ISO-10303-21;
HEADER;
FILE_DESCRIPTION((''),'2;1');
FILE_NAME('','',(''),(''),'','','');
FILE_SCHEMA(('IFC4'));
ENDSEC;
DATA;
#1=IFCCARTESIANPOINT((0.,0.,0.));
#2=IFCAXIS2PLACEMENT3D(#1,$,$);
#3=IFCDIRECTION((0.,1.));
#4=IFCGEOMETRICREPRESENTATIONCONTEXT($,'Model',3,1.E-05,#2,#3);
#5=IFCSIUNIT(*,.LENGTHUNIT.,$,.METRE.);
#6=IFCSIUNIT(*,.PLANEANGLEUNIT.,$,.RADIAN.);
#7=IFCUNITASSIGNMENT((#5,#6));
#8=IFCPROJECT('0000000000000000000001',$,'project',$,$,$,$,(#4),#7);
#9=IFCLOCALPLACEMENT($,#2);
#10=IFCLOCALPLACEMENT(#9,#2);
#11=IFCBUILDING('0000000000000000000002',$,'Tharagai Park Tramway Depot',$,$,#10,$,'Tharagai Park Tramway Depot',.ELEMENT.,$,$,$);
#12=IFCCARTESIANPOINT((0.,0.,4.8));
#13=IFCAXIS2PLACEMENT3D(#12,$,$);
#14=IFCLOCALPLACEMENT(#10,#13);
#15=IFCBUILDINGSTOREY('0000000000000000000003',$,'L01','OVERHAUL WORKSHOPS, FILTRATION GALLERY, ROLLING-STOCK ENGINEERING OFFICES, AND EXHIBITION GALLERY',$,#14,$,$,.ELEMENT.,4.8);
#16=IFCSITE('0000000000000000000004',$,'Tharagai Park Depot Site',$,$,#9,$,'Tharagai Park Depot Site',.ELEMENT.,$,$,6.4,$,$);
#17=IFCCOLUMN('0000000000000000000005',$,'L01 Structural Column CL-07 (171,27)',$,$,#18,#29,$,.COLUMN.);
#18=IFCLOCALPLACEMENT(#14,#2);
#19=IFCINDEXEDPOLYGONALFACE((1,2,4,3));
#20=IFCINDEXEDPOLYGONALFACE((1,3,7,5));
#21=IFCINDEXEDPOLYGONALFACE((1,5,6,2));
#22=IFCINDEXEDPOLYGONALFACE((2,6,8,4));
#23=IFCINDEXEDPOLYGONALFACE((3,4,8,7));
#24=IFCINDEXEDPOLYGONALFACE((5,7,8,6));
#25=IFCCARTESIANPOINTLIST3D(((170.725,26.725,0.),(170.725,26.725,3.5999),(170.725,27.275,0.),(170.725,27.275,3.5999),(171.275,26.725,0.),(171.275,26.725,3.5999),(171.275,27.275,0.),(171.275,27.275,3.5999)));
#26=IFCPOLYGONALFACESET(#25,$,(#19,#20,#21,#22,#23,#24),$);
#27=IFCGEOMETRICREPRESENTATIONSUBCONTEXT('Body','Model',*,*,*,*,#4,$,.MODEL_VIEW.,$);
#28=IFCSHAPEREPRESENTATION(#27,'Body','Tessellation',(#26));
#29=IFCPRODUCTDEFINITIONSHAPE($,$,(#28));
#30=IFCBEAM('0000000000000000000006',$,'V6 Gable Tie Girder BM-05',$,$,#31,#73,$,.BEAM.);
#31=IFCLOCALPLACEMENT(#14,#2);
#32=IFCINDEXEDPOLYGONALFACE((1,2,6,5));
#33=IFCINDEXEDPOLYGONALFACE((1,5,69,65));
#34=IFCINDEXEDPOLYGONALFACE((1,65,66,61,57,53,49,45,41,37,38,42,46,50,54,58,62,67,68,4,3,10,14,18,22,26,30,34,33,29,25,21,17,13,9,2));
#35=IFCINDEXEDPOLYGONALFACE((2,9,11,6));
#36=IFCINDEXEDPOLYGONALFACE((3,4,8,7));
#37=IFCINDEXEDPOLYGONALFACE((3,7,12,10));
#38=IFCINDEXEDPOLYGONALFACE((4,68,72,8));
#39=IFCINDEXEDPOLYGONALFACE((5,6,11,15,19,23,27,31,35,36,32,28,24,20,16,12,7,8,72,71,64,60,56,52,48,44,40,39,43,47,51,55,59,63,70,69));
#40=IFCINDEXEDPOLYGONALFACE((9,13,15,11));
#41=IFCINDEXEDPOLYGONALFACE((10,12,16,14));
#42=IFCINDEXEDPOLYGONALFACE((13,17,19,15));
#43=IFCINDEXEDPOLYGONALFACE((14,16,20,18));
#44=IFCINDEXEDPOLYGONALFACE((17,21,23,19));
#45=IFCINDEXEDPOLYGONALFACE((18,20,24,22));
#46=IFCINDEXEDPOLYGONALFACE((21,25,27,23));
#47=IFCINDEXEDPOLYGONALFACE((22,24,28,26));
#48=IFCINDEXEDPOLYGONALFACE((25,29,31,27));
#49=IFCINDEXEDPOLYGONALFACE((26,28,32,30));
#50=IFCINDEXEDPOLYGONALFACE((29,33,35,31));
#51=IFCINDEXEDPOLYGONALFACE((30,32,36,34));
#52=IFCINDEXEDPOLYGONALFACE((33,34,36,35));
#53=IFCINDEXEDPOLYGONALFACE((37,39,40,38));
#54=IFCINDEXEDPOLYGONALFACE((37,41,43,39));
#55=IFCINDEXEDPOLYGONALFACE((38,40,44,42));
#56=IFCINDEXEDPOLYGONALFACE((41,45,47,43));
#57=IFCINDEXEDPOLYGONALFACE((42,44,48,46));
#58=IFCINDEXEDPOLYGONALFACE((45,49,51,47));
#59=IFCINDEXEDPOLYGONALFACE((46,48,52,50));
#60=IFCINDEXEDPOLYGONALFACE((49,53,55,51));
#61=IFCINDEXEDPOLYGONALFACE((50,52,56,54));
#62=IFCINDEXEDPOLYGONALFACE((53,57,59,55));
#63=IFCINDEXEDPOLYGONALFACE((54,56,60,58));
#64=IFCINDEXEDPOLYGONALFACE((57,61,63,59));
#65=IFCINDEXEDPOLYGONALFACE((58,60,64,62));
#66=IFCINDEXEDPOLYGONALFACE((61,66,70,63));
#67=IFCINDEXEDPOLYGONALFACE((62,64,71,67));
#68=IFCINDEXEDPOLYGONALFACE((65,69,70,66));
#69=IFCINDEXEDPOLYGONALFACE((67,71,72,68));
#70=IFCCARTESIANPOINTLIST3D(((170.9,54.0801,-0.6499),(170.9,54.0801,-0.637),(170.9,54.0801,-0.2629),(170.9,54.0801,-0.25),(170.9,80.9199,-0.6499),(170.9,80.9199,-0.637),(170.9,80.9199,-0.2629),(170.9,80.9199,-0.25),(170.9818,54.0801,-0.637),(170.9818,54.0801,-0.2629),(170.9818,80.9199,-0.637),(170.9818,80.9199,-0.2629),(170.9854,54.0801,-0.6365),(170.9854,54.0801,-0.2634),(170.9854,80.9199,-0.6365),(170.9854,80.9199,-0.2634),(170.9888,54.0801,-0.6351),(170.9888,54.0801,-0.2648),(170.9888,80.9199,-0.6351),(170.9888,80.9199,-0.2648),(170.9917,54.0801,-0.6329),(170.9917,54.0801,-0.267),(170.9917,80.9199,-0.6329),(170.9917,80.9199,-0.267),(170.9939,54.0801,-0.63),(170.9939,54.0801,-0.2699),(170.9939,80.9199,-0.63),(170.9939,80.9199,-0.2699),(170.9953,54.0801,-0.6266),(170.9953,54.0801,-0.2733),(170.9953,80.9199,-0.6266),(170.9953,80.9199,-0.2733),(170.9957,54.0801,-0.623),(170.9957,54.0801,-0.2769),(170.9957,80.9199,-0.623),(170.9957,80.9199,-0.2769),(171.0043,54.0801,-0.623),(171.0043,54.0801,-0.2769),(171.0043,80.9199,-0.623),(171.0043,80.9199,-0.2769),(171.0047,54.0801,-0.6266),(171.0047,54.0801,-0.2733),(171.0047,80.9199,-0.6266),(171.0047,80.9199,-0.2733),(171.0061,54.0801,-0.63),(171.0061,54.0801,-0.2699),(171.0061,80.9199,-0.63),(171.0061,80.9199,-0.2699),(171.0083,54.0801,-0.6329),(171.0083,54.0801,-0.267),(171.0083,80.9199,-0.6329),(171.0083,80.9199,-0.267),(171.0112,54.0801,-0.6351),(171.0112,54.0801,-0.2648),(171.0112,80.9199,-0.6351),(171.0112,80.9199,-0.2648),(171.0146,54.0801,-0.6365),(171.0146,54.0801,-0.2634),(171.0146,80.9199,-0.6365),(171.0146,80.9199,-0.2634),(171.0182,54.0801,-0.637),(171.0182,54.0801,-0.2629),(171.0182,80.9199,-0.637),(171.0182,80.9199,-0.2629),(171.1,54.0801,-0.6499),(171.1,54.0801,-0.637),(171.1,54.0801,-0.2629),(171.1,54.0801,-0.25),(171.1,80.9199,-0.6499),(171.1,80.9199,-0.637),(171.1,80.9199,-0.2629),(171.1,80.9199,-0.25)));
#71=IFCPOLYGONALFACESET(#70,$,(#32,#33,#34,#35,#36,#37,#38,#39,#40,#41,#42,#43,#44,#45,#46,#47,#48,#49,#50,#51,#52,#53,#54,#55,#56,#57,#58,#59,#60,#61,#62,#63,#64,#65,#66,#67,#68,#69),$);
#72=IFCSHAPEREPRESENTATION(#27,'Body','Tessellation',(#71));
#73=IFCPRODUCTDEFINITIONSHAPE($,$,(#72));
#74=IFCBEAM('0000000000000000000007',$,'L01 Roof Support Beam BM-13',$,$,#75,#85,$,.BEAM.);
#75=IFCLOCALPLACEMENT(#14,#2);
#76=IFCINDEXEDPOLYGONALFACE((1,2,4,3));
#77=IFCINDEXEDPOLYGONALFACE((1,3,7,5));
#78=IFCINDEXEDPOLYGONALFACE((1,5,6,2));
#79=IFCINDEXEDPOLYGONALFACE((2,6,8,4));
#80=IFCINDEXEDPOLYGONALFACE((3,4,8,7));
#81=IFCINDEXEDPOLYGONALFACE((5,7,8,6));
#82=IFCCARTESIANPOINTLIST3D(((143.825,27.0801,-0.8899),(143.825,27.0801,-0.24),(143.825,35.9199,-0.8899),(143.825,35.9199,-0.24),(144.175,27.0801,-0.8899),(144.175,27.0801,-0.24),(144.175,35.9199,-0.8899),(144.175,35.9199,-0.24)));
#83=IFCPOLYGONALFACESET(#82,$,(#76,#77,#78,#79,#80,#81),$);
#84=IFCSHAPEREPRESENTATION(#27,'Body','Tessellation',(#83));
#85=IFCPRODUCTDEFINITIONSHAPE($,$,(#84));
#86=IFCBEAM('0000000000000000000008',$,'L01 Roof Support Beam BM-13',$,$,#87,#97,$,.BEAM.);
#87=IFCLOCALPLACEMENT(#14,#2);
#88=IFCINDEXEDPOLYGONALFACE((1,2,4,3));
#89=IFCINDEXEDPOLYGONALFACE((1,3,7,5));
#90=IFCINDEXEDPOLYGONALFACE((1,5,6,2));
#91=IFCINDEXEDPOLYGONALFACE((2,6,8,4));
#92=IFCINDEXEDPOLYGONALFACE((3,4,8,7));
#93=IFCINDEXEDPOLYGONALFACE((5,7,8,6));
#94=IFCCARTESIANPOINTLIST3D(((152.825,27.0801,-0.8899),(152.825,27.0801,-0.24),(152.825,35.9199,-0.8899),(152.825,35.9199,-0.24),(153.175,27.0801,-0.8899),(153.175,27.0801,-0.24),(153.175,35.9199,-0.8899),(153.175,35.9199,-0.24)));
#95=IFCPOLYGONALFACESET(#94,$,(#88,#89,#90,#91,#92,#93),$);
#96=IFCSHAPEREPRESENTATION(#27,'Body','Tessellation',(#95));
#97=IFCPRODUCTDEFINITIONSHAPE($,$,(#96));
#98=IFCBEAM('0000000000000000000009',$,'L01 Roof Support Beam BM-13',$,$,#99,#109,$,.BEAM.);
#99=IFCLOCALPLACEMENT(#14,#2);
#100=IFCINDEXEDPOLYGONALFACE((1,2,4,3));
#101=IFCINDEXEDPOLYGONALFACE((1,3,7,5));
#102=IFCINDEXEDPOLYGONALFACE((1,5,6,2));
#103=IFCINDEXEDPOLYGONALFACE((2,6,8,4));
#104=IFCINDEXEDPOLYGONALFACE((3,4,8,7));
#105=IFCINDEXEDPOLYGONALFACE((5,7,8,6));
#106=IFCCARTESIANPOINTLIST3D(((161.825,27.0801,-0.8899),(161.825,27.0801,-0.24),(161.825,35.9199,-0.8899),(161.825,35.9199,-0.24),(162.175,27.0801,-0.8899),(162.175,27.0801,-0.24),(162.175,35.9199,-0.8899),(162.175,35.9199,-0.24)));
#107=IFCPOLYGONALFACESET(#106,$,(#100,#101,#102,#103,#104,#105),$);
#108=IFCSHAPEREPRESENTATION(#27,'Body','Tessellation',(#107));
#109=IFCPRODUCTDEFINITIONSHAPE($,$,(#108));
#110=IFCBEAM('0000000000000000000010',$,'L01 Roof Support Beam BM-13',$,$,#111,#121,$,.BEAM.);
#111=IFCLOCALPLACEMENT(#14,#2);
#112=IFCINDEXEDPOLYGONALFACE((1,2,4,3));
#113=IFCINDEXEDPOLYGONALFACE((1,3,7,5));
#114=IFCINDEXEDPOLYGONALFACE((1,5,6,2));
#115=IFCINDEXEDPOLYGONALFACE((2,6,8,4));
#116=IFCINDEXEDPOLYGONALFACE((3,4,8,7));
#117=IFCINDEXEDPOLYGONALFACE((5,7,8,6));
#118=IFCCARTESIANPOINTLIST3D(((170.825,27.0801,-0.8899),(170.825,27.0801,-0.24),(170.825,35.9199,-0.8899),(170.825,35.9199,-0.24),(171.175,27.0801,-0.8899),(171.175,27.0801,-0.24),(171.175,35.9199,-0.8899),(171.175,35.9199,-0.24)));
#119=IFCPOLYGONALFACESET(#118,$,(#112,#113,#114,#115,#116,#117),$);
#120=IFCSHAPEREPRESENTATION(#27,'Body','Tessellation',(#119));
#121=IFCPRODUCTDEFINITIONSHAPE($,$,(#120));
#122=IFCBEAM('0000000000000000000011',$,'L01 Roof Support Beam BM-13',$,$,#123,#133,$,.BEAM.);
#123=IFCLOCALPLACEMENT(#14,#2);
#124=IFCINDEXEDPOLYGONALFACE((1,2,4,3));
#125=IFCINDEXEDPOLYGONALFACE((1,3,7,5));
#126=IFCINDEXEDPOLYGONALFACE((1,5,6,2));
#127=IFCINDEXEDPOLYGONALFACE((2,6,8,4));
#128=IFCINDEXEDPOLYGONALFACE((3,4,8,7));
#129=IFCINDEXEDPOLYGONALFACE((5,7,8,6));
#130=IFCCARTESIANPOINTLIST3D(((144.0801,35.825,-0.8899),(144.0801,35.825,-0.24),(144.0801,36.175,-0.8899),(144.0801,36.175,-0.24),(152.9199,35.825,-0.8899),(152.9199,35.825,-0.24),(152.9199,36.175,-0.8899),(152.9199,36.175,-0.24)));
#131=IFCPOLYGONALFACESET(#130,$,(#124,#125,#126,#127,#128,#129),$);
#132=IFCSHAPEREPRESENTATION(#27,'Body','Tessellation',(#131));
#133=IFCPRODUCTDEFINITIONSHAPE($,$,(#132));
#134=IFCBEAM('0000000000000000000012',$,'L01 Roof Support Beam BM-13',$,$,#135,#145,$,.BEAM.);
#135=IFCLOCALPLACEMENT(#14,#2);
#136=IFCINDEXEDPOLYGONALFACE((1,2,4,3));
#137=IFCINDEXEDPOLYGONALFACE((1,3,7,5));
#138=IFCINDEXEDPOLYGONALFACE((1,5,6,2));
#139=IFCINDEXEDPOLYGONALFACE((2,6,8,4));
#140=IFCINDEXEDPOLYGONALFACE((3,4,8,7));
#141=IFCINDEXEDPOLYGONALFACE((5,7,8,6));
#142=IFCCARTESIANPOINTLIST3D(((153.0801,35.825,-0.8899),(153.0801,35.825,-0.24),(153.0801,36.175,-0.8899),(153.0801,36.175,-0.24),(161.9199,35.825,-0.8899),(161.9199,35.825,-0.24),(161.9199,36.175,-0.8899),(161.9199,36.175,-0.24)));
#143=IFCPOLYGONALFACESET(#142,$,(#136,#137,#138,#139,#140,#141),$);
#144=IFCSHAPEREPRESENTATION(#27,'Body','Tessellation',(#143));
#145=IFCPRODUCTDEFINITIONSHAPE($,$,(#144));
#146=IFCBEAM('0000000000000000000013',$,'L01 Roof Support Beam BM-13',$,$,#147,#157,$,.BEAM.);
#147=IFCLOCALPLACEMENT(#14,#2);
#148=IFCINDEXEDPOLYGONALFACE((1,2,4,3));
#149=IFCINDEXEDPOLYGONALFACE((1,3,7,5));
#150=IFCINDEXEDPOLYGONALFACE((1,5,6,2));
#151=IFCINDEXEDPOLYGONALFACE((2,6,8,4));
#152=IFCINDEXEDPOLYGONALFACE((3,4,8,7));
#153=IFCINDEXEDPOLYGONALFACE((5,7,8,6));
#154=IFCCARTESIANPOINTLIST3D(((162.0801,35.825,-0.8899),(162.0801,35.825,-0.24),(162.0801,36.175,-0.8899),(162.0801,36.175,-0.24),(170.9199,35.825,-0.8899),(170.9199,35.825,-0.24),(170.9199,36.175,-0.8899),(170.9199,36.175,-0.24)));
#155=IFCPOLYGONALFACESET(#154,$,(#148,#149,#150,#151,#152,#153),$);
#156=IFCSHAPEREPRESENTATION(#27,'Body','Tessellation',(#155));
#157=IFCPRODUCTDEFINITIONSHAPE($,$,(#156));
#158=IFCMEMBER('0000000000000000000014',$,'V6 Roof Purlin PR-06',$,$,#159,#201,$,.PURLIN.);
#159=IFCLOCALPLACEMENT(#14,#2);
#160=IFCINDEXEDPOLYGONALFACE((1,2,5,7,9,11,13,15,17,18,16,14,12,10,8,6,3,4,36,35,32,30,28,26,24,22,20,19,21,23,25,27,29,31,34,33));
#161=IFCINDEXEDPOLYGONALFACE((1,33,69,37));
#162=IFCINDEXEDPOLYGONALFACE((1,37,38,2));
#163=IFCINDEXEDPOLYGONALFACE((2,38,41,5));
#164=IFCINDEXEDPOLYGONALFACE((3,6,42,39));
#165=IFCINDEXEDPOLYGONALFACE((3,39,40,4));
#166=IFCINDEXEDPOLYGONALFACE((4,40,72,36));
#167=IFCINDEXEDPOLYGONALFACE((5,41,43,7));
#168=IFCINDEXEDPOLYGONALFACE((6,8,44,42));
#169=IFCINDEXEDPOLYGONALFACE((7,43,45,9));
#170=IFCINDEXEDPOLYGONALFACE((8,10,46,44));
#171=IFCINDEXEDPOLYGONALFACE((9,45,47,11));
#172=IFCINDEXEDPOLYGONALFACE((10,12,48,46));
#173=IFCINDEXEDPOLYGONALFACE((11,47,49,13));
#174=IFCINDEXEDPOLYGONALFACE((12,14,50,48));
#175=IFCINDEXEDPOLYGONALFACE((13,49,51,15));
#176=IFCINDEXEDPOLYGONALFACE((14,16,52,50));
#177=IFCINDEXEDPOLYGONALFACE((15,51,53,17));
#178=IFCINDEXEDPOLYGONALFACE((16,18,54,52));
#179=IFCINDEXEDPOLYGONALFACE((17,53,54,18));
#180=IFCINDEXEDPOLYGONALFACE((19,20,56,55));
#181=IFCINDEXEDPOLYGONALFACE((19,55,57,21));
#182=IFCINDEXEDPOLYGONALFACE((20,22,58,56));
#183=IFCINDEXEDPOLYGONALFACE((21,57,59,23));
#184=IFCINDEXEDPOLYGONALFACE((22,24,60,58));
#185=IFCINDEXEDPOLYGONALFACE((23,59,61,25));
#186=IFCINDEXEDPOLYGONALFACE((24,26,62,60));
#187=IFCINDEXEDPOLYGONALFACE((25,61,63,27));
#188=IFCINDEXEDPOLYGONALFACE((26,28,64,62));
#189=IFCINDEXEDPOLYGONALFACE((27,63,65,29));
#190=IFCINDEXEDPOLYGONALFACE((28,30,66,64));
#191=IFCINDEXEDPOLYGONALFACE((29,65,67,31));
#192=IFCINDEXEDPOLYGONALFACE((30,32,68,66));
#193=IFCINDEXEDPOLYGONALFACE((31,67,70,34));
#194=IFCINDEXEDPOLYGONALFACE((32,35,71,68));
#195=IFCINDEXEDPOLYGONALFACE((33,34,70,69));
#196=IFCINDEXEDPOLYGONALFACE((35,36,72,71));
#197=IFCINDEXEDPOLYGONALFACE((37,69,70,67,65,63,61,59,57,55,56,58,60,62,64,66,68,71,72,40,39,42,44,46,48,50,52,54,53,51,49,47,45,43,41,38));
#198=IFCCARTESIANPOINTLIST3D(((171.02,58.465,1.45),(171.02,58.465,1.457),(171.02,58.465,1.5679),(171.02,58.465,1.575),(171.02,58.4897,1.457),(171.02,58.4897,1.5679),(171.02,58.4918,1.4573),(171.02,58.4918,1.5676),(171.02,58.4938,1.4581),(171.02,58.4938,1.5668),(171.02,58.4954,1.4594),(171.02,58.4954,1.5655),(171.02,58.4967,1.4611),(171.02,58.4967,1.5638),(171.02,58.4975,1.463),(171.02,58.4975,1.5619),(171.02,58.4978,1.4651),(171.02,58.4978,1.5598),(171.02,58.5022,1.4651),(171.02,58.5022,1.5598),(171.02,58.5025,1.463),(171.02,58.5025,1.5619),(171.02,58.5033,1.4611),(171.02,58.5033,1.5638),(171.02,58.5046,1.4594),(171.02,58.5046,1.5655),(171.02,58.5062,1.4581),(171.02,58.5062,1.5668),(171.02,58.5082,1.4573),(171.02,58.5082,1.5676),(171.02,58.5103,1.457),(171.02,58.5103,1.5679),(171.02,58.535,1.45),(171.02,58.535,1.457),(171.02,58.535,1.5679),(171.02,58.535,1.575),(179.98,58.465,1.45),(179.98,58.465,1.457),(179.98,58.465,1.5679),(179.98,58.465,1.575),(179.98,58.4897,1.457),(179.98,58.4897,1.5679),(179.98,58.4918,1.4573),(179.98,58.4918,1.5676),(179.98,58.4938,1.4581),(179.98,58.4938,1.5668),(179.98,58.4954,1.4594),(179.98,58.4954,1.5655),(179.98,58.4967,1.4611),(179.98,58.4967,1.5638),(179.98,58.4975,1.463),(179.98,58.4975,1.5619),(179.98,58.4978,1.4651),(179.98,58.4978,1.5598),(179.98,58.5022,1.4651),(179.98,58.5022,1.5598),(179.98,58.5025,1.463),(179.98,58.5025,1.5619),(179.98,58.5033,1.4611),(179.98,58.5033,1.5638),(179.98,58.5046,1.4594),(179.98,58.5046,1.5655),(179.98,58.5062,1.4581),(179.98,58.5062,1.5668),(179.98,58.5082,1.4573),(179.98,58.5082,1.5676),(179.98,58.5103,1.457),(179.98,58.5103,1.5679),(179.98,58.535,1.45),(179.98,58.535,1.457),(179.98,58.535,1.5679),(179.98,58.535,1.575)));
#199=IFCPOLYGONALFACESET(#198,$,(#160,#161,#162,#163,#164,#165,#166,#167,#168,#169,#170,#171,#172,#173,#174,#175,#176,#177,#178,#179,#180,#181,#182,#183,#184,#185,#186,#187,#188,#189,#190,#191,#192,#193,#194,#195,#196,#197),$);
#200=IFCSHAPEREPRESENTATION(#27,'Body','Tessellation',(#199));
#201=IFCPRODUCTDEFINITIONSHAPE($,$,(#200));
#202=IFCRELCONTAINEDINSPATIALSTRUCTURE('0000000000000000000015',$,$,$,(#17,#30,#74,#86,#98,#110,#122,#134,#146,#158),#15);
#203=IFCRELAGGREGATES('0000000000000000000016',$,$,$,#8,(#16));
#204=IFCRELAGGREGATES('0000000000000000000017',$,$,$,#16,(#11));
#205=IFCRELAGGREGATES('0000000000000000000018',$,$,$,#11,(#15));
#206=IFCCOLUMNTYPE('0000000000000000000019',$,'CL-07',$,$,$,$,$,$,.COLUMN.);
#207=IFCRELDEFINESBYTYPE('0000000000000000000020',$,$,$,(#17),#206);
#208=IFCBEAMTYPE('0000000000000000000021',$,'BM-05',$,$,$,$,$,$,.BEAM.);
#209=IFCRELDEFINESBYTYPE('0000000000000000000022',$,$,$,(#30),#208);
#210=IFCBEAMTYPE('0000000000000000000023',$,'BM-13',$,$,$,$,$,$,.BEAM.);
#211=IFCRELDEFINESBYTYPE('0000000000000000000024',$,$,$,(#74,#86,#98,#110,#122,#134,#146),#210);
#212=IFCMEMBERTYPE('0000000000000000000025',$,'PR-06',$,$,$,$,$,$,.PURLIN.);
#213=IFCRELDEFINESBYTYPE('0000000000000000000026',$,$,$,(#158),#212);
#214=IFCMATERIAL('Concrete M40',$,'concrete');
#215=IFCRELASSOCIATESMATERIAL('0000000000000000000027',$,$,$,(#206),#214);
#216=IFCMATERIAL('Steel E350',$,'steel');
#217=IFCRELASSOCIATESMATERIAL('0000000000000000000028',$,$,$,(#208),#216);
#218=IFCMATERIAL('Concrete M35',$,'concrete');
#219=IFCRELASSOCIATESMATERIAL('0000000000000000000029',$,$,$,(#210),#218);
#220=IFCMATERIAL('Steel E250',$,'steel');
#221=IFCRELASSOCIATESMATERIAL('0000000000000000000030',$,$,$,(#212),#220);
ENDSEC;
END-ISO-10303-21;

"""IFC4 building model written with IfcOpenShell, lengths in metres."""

from ifc_helpers import new_model, si_unit, direction, frame, origin, origin_2d, place, context, subcontext, project, spatial, rectangle, i_section, extrude, material, material_profile, profile_set, type_object, element, save


model = new_model("IFC4")

# Units and contexts
model_context = context("Model", 3, precision=1e-05, world=origin(), true_north=direction((0.0, 1.0)))
body_context = subcontext(model_context, "Body", "Model", "MODEL_VIEW")
ifc_project = project(units=[si_unit("LENGTHUNIT", "METRE"), si_unit("PLANEANGLEUNIT", "RADIAN")], contexts=[model_context])

# Site, building, storey
site_placement = place(None, origin())
site = spatial("IfcSite", under=ifc_project, at=site_placement, Name="Tharagai Park Depot Site", LongName="Tharagai Park Depot Site", CompositionType="ELEMENT", RefElevation=6.4)
building_placement = place(site_placement, origin())
building = spatial("IfcBuilding", under=site, at=building_placement, Name="Tharagai Park Tramway Depot", LongName="Tharagai Park Tramway Depot", CompositionType="ELEMENT")
storey_placement = place(building_placement, frame((0.0, 0.0, 4.8)))
storey = spatial("IfcBuildingStorey", under=building, at=storey_placement, Name="L01", Description="OVERHAUL WORKSHOPS, FILTRATION GALLERY, ROLLING-STOCK ENGINEERING OFFICES, AND EXHIBITION GALLERY", CompositionType="ELEMENT", Elevation=4.8)

# Column
ifc_material_1 = material(Name="Concrete M40", Category="concrete")
ifc_material_profile_1 = material_profile(ifc_material_1, rectangle(XDim=0.55, YDim=0.55, at=origin_2d()), Name="RC 550x550")
ifc_profile_set_1 = profile_set([ifc_material_profile_1], Name="Concrete M40")
column_type = type_object("IfcColumnType", Name="CL-07", PredefinedType="COLUMN", material=ifc_profile_set_1)
column_placement = place(storey_placement, frame((171.0, 27.0, 0.0), z_axis=(0.0, 0.0, 1.0), x_axis=(1.0, 0.0, 0.0)))
element("IfcColumn", 1, at=column_placement, inside=storey, type_object=column_type, Name="L01 Structural Column CL-07 (171,27)", PredefinedType="COLUMN", context=body_context, shape_type="SweptSolid", body=[
    extrude(rectangle(XDim=0.55, YDim=0.55, at=origin_2d()), origin(), (0.0, 0.0, 1.0), 3.5999),
])

# Beams
ifc_material_2 = material(Name="Steel E350", Category="steel")
ifc_material_profile_2 = material_profile(ifc_material_2, i_section(OverallWidth=0.2, OverallDepth=0.3999, WebThickness=0.0085, FlangeThickness=0.0129, FilletRadius=0.0139, at=origin_2d()), Name="ISWB 400")
ifc_profile_set_2 = profile_set([ifc_material_profile_2], Name="Steel E350")
beam_type_1 = type_object("IfcBeamType", Name="BM-05", PredefinedType="BEAM", material=ifc_profile_set_2)
beam_1_placement = place(storey_placement, frame((171.0, 54.0801, -0.45), z_axis=(0.0, 1.0, 0.0), x_axis=(-1.0, 0.0, 0.0)))
element("IfcBeam", 2, at=beam_1_placement, inside=storey, type_object=beam_type_1, Name="V6 Gable Tie Girder BM-05", PredefinedType="BEAM", context=body_context, shape_type="SweptSolid", body=[
    extrude(i_section(OverallWidth=0.2, OverallDepth=0.3999, WebThickness=0.0085, FlangeThickness=0.0129, FilletRadius=0.0139, at=origin_2d()), origin(), (0.0, 0.0, 1.0), 26.8398),
])
ifc_material_3 = material(Name="Concrete M35", Category="concrete")
ifc_material_profile_3 = material_profile(ifc_material_3, rectangle(XDim=0.3501, YDim=0.6499, at=origin_2d()), Name="RC 350x650")
ifc_profile_set_3 = profile_set([ifc_material_profile_3], Name="Concrete M35")
beam_type_2 = type_object("IfcBeamType", Name="BM-13", PredefinedType="BEAM", material=ifc_profile_set_3)
for number, where, z_axis, x_axis, name in (
    (3, (144.0, 27.0801, -0.5649), (0.0, 1.0, 0.0), (-1.0, 0.0, 0.0), "L01 Roof Support Beam BM-13"),
    (4, (153.0, 27.0801, -0.5649), (0.0, 1.0, 0.0), (-1.0, 0.0, 0.0), "L01 Roof Support Beam BM-13"),
    (5, (162.0, 27.0801, -0.5649), (0.0, 1.0, 0.0), (-1.0, 0.0, 0.0), "L01 Roof Support Beam BM-13"),
    (6, (171.0, 27.0801, -0.5649), (0.0, 1.0, 0.0), (-1.0, 0.0, 0.0), "L01 Roof Support Beam BM-13"),
    (7, (144.0801, 36.0, -0.5649), (1.0, 0.0, 0.0), (0.0, 1.0, 0.0), "L01 Roof Support Beam BM-13"),
    (8, (153.0801, 36.0, -0.5649), (1.0, 0.0, 0.0), (0.0, 1.0, 0.0), "L01 Roof Support Beam BM-13"),
    (9, (162.0801, 36.0, -0.5649), (1.0, 0.0, 0.0), (0.0, 1.0, 0.0), "L01 Roof Support Beam BM-13"),
):
    element("IfcBeam", number, at=place(storey_placement, frame(where, z_axis=z_axis, x_axis=x_axis)), inside=storey, type_object=beam_type_2, Name=name, PredefinedType="BEAM", context=body_context, shape_type="SweptSolid", body=[
        extrude(rectangle(XDim=0.3501, YDim=0.6499, at=origin_2d()), origin(), (0.0, 0.0, 1.0), 8.8398),
    ])

# Member
ifc_material_4 = material(Name="Steel E250", Category="steel")
ifc_material_profile_4 = material_profile(ifc_material_4, i_section(OverallWidth=0.0701, OverallDepth=0.125, WebThickness=0.0044, FlangeThickness=0.0071, FilletRadius=0.0081, at=origin_2d()), Name="ISMB 125")
ifc_profile_set_4 = profile_set([ifc_material_profile_4], Name="Steel E250")
member_type_1 = type_object("IfcMemberType", Name="PR-06", PredefinedType="PURLIN", material=ifc_profile_set_4)
member_1_placement = place(storey_placement, frame((171.02, 58.5, 1.5125), z_axis=(1.0, 0.0, 0.0), x_axis=(0.0, 1.0, 0.0)))
element("IfcMember", 10, at=member_1_placement, inside=storey, type_object=member_type_1, Name="V6 Roof Purlin PR-06", PredefinedType="PURLIN", context=body_context, shape_type="SweptSolid", body=[
    extrude(i_section(OverallWidth=0.0701, OverallDepth=0.125, WebThickness=0.0044, FlangeThickness=0.0071, FilletRadius=0.0081, at=origin_2d()), origin(), (0.0, 0.0, 1.0), 8.96),
])

save(model, "model.ifc")
